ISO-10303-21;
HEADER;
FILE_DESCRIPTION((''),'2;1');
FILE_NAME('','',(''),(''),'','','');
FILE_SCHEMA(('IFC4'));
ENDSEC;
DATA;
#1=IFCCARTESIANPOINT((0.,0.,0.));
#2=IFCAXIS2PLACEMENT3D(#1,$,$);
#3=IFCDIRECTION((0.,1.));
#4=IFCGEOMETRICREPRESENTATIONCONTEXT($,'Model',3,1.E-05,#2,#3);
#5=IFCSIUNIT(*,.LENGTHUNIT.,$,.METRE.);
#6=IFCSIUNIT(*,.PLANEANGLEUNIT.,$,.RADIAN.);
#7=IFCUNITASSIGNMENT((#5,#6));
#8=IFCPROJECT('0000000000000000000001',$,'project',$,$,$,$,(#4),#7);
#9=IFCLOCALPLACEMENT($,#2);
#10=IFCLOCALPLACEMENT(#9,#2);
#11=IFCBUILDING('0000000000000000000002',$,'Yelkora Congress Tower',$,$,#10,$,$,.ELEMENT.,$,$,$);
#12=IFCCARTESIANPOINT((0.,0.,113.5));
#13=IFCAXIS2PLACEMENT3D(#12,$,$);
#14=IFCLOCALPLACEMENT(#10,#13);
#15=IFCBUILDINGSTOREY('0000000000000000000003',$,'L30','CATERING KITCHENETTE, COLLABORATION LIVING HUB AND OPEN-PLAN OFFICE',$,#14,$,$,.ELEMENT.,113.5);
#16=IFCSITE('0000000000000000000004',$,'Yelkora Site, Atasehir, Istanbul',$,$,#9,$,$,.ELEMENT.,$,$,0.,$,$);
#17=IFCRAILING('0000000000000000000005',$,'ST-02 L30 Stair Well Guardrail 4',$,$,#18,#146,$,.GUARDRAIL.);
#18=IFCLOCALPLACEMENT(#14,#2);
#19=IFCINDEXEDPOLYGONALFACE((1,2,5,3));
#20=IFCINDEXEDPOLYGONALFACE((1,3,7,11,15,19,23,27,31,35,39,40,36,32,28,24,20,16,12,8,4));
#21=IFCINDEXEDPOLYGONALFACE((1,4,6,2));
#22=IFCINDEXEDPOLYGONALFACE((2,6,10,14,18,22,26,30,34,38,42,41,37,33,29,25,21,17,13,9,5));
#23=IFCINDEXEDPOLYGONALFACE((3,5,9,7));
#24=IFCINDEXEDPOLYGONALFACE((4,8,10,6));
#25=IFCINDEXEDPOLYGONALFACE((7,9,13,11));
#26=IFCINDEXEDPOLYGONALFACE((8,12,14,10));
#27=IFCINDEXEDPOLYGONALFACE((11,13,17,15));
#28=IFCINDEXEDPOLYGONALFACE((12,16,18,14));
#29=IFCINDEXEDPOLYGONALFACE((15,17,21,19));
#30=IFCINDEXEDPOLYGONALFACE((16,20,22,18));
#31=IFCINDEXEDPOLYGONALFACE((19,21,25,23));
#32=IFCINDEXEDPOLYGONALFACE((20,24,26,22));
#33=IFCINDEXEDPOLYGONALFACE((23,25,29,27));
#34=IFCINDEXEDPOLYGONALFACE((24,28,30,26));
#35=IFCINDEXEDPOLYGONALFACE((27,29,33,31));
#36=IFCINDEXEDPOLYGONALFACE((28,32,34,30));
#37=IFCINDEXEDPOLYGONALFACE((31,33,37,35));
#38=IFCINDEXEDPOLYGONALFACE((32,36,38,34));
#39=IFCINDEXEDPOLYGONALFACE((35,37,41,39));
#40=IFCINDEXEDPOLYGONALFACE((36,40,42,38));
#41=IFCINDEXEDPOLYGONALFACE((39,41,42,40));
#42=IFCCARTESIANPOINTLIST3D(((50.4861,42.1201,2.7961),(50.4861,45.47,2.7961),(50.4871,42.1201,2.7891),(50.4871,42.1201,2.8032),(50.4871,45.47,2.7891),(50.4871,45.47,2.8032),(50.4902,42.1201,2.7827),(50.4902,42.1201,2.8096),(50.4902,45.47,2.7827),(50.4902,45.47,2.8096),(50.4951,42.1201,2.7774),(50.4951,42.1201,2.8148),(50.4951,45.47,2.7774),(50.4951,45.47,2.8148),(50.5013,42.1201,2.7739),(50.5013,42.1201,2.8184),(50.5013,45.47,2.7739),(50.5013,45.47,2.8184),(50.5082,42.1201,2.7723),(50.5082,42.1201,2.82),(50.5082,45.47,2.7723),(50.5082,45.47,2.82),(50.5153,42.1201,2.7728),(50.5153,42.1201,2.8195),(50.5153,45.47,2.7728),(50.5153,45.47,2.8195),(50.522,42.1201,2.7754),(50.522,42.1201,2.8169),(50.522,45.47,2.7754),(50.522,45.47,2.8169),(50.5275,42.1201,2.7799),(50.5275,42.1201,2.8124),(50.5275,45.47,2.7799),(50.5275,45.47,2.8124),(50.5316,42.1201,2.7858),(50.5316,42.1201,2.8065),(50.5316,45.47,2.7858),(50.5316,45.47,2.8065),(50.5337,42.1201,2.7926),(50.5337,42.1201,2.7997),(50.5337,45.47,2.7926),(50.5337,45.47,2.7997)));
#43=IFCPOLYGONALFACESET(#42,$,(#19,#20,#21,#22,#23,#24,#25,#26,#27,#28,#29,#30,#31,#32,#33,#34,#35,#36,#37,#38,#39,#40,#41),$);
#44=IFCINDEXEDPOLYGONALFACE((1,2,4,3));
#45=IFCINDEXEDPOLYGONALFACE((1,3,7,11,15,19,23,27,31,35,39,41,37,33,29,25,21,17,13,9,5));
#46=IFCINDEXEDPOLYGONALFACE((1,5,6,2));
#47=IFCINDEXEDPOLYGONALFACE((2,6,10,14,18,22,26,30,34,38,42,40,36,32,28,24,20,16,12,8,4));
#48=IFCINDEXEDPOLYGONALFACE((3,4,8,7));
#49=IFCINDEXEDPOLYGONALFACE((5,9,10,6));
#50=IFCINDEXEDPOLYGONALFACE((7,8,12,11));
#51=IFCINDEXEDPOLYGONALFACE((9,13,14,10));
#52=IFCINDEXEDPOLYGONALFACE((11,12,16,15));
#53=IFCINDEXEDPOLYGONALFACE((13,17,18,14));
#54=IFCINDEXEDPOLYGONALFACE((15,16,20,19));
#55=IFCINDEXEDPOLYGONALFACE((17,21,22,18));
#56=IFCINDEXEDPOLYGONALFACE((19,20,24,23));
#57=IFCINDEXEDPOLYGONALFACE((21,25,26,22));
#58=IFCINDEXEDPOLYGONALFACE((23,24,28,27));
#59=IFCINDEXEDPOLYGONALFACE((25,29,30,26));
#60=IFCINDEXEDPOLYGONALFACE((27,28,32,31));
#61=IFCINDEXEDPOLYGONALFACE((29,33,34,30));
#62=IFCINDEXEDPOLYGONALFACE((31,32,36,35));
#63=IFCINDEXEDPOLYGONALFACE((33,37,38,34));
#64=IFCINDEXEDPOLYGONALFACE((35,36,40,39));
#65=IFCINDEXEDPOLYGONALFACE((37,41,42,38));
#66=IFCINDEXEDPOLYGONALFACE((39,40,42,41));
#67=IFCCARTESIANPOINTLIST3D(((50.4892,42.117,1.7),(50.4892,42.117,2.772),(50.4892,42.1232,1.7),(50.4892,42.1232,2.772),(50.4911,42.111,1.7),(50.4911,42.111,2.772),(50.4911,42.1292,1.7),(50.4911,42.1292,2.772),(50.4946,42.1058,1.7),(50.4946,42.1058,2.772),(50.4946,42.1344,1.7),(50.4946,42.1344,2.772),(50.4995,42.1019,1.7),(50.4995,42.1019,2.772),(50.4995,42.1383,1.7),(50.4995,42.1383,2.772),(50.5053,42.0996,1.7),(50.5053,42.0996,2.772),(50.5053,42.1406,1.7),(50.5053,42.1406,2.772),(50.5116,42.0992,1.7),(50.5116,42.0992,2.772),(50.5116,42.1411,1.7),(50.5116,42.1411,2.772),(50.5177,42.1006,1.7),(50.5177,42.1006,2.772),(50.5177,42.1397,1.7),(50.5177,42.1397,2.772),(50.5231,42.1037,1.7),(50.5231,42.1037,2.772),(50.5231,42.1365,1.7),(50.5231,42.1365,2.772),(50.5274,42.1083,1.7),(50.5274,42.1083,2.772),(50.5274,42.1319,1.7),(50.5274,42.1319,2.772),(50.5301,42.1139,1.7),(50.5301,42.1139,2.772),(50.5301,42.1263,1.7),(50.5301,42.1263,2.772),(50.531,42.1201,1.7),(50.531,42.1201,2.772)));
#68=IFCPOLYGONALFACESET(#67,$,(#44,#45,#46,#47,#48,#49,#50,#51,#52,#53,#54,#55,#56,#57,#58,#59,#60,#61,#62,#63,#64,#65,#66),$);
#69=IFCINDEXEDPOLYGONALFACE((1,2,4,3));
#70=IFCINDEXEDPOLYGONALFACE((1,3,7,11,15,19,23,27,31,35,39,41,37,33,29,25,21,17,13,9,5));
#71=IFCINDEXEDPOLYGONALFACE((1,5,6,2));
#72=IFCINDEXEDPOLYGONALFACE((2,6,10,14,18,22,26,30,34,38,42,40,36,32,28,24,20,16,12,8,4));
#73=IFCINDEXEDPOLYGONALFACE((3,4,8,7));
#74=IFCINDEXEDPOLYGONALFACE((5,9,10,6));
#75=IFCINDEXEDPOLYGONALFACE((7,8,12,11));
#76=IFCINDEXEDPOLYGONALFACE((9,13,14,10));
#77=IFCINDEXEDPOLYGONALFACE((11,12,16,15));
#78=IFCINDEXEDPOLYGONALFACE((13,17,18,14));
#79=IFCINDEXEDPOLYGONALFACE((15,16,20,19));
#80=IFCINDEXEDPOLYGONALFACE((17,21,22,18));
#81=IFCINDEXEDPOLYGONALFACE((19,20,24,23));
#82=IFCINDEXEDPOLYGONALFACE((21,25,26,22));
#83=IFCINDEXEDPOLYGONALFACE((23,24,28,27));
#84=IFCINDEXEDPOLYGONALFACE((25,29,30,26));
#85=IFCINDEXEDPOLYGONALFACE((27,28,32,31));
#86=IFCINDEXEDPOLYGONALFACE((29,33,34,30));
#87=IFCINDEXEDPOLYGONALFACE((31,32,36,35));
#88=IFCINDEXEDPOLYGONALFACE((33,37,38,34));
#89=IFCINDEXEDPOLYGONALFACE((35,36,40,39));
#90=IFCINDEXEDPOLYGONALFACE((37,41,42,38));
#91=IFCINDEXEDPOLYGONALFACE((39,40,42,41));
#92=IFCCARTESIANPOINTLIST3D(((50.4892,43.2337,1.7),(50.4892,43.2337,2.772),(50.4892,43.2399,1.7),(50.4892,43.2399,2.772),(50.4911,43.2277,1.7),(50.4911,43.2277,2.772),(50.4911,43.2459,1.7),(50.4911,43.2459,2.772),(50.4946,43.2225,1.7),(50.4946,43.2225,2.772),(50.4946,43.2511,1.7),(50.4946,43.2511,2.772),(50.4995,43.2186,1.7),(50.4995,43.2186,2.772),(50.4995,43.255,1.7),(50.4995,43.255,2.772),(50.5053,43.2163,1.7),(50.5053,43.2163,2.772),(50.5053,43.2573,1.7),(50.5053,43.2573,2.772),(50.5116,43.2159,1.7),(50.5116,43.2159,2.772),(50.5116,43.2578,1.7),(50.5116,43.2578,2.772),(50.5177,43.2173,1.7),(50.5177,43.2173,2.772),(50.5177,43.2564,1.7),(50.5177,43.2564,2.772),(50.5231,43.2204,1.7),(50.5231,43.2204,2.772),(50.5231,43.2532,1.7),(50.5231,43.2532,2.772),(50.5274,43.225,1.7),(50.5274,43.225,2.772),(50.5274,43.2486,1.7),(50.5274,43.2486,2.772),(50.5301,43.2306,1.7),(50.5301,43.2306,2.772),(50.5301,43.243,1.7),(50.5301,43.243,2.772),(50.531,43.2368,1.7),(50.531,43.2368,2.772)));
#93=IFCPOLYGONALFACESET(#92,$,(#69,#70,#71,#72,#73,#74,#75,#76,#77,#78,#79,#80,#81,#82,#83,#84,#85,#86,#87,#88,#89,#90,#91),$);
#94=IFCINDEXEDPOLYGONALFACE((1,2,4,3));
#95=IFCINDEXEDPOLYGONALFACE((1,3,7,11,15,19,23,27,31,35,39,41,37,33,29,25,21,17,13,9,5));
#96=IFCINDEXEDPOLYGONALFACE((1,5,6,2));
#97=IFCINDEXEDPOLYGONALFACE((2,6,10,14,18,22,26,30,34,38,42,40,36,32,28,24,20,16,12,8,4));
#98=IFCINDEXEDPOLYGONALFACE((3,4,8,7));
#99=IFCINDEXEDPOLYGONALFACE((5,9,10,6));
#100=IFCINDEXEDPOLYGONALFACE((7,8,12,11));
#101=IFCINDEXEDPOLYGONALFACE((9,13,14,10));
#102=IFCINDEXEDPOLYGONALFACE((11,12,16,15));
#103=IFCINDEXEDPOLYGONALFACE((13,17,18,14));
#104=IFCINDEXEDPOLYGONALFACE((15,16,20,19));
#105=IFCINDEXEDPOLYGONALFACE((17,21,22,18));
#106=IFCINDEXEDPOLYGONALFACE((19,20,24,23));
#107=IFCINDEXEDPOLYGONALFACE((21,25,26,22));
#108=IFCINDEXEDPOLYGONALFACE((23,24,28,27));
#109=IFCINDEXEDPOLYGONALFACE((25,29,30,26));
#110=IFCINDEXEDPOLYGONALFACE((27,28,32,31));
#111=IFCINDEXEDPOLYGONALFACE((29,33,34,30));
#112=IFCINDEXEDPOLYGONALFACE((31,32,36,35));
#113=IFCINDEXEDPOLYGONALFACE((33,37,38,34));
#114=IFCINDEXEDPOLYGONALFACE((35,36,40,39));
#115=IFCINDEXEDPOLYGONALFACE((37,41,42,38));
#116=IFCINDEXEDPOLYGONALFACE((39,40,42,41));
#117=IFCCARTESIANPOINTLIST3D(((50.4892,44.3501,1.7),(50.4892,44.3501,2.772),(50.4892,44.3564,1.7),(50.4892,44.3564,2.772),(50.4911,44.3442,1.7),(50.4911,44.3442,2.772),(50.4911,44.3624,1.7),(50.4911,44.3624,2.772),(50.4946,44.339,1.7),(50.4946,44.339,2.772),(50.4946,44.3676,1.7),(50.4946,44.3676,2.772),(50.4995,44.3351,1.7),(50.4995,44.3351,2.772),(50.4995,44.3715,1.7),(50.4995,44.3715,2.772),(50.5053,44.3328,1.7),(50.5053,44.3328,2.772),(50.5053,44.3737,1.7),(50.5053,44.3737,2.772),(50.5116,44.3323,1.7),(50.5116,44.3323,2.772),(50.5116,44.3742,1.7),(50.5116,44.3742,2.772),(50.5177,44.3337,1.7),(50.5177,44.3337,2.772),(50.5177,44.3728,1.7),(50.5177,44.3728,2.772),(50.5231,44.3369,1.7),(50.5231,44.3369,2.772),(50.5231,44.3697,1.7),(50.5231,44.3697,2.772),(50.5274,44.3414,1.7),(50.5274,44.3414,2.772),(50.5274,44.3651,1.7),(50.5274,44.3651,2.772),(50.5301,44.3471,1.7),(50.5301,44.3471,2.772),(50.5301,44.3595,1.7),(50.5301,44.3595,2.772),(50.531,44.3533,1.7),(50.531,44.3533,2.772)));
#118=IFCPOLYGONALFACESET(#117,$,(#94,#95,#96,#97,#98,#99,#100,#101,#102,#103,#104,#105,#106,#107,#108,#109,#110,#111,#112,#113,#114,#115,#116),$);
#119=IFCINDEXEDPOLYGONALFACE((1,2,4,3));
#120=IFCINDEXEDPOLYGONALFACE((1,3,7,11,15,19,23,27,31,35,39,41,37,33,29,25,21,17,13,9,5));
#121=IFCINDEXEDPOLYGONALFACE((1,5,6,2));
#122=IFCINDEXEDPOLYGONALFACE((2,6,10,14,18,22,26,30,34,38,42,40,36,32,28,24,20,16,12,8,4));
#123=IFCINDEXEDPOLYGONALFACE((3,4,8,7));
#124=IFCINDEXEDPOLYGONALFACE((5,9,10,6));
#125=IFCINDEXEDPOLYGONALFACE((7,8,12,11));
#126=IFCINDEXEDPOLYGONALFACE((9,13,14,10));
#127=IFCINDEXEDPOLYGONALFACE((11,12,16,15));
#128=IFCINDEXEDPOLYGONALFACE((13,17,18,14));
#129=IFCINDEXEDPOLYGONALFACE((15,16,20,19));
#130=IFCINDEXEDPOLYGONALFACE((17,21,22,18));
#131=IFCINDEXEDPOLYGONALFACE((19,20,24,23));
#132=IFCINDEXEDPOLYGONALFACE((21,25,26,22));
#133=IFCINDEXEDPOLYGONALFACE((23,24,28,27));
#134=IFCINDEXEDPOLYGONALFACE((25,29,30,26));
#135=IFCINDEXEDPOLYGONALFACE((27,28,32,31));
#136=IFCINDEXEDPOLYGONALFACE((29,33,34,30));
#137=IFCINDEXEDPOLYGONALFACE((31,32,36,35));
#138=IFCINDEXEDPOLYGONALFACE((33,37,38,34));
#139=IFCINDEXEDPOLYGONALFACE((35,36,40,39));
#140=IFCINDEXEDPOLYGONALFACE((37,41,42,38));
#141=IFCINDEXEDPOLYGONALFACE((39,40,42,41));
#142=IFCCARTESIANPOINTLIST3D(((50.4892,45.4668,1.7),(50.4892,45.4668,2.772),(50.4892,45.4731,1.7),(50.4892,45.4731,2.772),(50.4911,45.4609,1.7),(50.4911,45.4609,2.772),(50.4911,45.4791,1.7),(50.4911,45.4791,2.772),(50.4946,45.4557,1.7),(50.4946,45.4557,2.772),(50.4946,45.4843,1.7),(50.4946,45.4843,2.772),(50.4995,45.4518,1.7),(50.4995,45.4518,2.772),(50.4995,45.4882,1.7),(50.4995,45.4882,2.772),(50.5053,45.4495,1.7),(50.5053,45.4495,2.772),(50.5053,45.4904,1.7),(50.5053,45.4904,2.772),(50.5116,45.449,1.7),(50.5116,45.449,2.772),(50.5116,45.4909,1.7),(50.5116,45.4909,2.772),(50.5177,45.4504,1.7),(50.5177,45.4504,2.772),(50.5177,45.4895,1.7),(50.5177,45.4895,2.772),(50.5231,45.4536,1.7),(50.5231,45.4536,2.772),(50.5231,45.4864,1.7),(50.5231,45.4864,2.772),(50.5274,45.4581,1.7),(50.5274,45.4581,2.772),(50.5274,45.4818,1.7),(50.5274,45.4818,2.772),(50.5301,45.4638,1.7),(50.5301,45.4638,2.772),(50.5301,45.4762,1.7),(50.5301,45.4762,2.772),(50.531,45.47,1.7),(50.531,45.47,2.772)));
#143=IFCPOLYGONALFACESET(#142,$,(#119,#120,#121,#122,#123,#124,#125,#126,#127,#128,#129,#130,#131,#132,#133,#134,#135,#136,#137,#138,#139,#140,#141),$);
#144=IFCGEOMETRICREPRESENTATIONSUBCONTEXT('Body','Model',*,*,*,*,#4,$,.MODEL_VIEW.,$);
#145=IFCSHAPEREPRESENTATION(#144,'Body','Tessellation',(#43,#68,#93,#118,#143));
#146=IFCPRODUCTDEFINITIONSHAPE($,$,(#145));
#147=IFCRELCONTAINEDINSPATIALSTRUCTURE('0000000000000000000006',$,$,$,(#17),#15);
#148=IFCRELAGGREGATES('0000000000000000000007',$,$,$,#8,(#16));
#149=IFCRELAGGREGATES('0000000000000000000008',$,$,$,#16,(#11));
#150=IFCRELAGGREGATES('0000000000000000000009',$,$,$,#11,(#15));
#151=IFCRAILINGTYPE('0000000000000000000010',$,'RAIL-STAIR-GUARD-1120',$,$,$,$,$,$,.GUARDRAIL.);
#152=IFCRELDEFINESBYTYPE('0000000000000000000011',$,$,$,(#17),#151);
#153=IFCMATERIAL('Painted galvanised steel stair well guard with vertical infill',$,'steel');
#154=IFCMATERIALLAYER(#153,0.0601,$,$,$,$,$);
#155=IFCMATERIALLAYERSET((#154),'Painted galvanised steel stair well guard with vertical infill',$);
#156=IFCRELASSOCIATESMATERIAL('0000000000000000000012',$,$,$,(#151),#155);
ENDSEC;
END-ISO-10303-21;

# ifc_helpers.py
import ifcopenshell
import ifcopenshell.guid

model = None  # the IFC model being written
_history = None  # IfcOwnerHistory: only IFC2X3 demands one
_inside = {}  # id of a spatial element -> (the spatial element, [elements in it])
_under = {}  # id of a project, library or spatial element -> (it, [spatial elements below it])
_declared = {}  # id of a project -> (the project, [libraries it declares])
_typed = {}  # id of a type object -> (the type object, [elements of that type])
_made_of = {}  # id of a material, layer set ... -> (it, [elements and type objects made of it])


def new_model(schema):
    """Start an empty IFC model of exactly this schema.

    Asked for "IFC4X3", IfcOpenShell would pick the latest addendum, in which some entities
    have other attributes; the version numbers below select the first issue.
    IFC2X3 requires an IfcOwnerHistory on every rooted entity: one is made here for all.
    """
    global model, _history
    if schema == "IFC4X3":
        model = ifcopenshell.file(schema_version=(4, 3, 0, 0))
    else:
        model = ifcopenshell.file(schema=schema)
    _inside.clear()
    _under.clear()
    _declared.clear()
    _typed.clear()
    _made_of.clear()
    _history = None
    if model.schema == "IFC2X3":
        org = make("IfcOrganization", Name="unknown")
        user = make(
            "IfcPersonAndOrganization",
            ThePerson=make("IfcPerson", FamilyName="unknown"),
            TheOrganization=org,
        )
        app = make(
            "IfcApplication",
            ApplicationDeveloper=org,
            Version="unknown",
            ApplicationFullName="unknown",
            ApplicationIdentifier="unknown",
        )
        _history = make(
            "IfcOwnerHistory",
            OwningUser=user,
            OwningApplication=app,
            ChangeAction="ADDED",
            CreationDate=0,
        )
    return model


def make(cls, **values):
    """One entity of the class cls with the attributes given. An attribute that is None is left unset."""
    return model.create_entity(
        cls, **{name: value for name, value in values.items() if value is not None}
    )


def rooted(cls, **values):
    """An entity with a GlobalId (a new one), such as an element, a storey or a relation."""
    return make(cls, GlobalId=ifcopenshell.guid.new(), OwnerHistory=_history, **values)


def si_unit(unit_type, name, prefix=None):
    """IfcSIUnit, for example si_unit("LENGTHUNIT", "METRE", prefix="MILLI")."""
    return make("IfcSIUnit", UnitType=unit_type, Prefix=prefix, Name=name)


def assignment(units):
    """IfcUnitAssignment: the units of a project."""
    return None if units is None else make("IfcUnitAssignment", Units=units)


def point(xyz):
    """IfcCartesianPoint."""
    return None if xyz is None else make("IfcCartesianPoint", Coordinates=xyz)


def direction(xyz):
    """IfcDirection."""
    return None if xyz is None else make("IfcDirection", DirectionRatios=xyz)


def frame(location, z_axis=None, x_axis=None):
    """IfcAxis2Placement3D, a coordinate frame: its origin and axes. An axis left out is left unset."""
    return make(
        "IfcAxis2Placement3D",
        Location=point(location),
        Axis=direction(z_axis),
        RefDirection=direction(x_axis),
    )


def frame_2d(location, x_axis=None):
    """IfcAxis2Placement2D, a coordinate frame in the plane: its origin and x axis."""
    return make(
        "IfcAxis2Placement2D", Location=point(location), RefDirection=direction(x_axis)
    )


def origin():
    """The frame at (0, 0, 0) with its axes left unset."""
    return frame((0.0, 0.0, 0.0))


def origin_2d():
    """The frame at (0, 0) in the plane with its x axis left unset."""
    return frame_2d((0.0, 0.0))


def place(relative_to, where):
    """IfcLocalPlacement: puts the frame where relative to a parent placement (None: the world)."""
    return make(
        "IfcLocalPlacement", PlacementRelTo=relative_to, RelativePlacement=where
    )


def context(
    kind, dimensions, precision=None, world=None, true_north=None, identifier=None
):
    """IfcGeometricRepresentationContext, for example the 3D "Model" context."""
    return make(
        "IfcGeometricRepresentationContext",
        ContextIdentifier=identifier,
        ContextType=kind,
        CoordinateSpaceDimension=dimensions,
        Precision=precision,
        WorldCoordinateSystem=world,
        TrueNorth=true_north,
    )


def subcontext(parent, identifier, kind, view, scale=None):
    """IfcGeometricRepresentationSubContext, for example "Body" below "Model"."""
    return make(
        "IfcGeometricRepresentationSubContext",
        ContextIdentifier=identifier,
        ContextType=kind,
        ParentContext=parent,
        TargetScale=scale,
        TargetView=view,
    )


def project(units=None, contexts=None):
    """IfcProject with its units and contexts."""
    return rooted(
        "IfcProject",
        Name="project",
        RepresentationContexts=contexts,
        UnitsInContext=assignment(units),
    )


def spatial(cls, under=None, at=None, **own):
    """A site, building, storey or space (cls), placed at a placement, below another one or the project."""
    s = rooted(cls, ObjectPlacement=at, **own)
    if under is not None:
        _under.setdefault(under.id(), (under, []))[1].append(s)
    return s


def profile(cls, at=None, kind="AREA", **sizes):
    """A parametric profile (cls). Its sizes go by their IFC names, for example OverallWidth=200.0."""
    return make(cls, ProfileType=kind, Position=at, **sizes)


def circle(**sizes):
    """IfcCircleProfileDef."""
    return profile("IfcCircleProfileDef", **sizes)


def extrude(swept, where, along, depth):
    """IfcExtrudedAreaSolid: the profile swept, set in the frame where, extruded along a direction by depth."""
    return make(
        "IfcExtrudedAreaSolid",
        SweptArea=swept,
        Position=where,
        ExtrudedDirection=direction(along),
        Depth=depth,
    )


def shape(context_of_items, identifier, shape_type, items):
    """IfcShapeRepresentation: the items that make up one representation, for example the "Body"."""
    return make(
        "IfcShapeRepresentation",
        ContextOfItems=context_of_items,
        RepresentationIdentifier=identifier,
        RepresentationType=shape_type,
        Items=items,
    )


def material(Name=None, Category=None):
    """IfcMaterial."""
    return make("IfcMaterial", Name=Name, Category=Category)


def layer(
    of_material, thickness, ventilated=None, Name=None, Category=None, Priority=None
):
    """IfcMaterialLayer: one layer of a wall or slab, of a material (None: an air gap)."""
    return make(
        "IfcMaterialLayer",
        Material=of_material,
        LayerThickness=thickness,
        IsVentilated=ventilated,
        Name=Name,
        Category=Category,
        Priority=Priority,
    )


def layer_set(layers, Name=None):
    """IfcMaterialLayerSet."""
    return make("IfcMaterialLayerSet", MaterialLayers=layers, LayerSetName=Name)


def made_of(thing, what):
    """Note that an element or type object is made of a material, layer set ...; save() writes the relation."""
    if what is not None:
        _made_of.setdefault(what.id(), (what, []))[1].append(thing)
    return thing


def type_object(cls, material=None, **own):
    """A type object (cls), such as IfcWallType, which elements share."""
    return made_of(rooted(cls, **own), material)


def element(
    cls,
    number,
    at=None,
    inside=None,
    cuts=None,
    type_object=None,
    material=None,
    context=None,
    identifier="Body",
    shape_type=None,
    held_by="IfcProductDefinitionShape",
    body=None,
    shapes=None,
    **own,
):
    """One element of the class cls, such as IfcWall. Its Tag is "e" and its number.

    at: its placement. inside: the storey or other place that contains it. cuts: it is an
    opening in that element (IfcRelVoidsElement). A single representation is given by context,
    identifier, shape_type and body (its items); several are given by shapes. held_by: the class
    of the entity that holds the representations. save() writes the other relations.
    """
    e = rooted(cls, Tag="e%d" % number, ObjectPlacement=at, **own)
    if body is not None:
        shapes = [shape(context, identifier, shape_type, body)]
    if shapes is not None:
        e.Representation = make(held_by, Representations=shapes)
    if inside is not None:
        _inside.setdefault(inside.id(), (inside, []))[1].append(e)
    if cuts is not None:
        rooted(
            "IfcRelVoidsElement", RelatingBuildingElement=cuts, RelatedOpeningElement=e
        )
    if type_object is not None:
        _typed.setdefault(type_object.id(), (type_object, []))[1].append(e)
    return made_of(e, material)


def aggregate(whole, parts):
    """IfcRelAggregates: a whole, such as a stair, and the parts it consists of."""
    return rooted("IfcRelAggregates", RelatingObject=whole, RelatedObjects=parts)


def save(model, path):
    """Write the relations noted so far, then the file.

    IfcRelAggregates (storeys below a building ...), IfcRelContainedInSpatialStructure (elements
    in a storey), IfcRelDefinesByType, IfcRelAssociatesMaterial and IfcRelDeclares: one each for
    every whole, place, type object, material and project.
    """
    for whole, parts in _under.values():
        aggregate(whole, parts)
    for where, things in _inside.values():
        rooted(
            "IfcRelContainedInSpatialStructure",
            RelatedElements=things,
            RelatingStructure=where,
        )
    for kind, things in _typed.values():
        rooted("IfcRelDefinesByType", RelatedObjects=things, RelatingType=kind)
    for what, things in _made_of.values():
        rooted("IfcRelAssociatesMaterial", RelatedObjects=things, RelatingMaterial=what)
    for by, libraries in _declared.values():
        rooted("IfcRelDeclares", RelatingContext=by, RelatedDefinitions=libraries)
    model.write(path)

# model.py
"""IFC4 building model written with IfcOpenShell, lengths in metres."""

from ifc_helpers import new_model, si_unit, direction, frame, origin, origin_2d, place, context, subcontext, project, spatial, circle, extrude, material, layer, layer_set, type_object, element, save


model = new_model("IFC4")

# Units and contexts
model_context = context("Model", 3, precision=1e-05, world=origin(), true_north=direction((0.0, 1.0)))
body_context = subcontext(model_context, "Body", "Model", "MODEL_VIEW")
ifc_project = project(units=[si_unit("LENGTHUNIT", "METRE"), si_unit("PLANEANGLEUNIT", "RADIAN")], contexts=[model_context])

# Site, building, storey
site_placement = place(None, origin())
site = spatial("IfcSite", under=ifc_project, at=site_placement, Name="Yelkora Site, Atasehir, Istanbul", CompositionType="ELEMENT", RefElevation=0.0)
building_placement = place(site_placement, origin())
building = spatial("IfcBuilding", under=site, at=building_placement, Name="Yelkora Congress Tower", CompositionType="ELEMENT")
storey_placement = place(building_placement, frame((0.0, 0.0, 113.5)))
storey = spatial("IfcBuildingStorey", under=building, at=storey_placement, Name="L30", Description="CATERING KITCHENETTE, COLLABORATION LIVING HUB AND OPEN-PLAN OFFICE", CompositionType="ELEMENT", Elevation=113.5)

# Railing
ifc_material_1 = material(Name="Painted galvanised steel stair well guard with vertical infill", Category="steel")
ifc_layer_1 = layer(ifc_material_1, 0.0601)
ifc_layer_set_1 = layer_set([ifc_layer_1], Name="Painted galvanised steel stair well guard with vertical infill")
railing_type_1 = type_object("IfcRailingType", Name="RAIL-STAIR-GUARD-1120", PredefinedType="GUARDRAIL", material=ifc_layer_set_1)
for number, where, name in (
    (1, (50.51, 42.1201, 1.7), "ST-02 L30 Stair Well Guardrail 4"),
):
    element("IfcRailing", number, at=place(storey_placement, frame(where)), inside=storey, type_object=railing_type_1, Name=name, PredefinedType="GUARDRAIL", context=body_context, shape_type="SweptSolid", body=[
        extrude(circle(Radius=0.0239, at=origin_2d()), frame((0.0, 0.0, 1.0962), z_axis=(0.0, 1.0, 0.0), x_axis=(-1.0, 0.0, 0.0)), (0.0, 0.0, 1.0), 3.3499),
        extrude(circle(Radius=0.021, at=origin_2d()), origin(), (0.0, 0.0, 1.0), 1.072),
        extrude(circle(Radius=0.021, at=origin_2d()), frame((0.0, 1.1167, 0.0)), (0.0, 0.0, 1.0), 1.072),
        extrude(circle(Radius=0.021, at=origin_2d()), frame((0.0, 2.2332, 0.0)), (0.0, 0.0, 1.0), 1.072),
        extrude(circle(Radius=0.021, at=origin_2d()), frame((0.0, 3.3499, 0.0)), (0.0, 0.0, 1.0), 1.072),
    ])

save(model, "model.ifc")
